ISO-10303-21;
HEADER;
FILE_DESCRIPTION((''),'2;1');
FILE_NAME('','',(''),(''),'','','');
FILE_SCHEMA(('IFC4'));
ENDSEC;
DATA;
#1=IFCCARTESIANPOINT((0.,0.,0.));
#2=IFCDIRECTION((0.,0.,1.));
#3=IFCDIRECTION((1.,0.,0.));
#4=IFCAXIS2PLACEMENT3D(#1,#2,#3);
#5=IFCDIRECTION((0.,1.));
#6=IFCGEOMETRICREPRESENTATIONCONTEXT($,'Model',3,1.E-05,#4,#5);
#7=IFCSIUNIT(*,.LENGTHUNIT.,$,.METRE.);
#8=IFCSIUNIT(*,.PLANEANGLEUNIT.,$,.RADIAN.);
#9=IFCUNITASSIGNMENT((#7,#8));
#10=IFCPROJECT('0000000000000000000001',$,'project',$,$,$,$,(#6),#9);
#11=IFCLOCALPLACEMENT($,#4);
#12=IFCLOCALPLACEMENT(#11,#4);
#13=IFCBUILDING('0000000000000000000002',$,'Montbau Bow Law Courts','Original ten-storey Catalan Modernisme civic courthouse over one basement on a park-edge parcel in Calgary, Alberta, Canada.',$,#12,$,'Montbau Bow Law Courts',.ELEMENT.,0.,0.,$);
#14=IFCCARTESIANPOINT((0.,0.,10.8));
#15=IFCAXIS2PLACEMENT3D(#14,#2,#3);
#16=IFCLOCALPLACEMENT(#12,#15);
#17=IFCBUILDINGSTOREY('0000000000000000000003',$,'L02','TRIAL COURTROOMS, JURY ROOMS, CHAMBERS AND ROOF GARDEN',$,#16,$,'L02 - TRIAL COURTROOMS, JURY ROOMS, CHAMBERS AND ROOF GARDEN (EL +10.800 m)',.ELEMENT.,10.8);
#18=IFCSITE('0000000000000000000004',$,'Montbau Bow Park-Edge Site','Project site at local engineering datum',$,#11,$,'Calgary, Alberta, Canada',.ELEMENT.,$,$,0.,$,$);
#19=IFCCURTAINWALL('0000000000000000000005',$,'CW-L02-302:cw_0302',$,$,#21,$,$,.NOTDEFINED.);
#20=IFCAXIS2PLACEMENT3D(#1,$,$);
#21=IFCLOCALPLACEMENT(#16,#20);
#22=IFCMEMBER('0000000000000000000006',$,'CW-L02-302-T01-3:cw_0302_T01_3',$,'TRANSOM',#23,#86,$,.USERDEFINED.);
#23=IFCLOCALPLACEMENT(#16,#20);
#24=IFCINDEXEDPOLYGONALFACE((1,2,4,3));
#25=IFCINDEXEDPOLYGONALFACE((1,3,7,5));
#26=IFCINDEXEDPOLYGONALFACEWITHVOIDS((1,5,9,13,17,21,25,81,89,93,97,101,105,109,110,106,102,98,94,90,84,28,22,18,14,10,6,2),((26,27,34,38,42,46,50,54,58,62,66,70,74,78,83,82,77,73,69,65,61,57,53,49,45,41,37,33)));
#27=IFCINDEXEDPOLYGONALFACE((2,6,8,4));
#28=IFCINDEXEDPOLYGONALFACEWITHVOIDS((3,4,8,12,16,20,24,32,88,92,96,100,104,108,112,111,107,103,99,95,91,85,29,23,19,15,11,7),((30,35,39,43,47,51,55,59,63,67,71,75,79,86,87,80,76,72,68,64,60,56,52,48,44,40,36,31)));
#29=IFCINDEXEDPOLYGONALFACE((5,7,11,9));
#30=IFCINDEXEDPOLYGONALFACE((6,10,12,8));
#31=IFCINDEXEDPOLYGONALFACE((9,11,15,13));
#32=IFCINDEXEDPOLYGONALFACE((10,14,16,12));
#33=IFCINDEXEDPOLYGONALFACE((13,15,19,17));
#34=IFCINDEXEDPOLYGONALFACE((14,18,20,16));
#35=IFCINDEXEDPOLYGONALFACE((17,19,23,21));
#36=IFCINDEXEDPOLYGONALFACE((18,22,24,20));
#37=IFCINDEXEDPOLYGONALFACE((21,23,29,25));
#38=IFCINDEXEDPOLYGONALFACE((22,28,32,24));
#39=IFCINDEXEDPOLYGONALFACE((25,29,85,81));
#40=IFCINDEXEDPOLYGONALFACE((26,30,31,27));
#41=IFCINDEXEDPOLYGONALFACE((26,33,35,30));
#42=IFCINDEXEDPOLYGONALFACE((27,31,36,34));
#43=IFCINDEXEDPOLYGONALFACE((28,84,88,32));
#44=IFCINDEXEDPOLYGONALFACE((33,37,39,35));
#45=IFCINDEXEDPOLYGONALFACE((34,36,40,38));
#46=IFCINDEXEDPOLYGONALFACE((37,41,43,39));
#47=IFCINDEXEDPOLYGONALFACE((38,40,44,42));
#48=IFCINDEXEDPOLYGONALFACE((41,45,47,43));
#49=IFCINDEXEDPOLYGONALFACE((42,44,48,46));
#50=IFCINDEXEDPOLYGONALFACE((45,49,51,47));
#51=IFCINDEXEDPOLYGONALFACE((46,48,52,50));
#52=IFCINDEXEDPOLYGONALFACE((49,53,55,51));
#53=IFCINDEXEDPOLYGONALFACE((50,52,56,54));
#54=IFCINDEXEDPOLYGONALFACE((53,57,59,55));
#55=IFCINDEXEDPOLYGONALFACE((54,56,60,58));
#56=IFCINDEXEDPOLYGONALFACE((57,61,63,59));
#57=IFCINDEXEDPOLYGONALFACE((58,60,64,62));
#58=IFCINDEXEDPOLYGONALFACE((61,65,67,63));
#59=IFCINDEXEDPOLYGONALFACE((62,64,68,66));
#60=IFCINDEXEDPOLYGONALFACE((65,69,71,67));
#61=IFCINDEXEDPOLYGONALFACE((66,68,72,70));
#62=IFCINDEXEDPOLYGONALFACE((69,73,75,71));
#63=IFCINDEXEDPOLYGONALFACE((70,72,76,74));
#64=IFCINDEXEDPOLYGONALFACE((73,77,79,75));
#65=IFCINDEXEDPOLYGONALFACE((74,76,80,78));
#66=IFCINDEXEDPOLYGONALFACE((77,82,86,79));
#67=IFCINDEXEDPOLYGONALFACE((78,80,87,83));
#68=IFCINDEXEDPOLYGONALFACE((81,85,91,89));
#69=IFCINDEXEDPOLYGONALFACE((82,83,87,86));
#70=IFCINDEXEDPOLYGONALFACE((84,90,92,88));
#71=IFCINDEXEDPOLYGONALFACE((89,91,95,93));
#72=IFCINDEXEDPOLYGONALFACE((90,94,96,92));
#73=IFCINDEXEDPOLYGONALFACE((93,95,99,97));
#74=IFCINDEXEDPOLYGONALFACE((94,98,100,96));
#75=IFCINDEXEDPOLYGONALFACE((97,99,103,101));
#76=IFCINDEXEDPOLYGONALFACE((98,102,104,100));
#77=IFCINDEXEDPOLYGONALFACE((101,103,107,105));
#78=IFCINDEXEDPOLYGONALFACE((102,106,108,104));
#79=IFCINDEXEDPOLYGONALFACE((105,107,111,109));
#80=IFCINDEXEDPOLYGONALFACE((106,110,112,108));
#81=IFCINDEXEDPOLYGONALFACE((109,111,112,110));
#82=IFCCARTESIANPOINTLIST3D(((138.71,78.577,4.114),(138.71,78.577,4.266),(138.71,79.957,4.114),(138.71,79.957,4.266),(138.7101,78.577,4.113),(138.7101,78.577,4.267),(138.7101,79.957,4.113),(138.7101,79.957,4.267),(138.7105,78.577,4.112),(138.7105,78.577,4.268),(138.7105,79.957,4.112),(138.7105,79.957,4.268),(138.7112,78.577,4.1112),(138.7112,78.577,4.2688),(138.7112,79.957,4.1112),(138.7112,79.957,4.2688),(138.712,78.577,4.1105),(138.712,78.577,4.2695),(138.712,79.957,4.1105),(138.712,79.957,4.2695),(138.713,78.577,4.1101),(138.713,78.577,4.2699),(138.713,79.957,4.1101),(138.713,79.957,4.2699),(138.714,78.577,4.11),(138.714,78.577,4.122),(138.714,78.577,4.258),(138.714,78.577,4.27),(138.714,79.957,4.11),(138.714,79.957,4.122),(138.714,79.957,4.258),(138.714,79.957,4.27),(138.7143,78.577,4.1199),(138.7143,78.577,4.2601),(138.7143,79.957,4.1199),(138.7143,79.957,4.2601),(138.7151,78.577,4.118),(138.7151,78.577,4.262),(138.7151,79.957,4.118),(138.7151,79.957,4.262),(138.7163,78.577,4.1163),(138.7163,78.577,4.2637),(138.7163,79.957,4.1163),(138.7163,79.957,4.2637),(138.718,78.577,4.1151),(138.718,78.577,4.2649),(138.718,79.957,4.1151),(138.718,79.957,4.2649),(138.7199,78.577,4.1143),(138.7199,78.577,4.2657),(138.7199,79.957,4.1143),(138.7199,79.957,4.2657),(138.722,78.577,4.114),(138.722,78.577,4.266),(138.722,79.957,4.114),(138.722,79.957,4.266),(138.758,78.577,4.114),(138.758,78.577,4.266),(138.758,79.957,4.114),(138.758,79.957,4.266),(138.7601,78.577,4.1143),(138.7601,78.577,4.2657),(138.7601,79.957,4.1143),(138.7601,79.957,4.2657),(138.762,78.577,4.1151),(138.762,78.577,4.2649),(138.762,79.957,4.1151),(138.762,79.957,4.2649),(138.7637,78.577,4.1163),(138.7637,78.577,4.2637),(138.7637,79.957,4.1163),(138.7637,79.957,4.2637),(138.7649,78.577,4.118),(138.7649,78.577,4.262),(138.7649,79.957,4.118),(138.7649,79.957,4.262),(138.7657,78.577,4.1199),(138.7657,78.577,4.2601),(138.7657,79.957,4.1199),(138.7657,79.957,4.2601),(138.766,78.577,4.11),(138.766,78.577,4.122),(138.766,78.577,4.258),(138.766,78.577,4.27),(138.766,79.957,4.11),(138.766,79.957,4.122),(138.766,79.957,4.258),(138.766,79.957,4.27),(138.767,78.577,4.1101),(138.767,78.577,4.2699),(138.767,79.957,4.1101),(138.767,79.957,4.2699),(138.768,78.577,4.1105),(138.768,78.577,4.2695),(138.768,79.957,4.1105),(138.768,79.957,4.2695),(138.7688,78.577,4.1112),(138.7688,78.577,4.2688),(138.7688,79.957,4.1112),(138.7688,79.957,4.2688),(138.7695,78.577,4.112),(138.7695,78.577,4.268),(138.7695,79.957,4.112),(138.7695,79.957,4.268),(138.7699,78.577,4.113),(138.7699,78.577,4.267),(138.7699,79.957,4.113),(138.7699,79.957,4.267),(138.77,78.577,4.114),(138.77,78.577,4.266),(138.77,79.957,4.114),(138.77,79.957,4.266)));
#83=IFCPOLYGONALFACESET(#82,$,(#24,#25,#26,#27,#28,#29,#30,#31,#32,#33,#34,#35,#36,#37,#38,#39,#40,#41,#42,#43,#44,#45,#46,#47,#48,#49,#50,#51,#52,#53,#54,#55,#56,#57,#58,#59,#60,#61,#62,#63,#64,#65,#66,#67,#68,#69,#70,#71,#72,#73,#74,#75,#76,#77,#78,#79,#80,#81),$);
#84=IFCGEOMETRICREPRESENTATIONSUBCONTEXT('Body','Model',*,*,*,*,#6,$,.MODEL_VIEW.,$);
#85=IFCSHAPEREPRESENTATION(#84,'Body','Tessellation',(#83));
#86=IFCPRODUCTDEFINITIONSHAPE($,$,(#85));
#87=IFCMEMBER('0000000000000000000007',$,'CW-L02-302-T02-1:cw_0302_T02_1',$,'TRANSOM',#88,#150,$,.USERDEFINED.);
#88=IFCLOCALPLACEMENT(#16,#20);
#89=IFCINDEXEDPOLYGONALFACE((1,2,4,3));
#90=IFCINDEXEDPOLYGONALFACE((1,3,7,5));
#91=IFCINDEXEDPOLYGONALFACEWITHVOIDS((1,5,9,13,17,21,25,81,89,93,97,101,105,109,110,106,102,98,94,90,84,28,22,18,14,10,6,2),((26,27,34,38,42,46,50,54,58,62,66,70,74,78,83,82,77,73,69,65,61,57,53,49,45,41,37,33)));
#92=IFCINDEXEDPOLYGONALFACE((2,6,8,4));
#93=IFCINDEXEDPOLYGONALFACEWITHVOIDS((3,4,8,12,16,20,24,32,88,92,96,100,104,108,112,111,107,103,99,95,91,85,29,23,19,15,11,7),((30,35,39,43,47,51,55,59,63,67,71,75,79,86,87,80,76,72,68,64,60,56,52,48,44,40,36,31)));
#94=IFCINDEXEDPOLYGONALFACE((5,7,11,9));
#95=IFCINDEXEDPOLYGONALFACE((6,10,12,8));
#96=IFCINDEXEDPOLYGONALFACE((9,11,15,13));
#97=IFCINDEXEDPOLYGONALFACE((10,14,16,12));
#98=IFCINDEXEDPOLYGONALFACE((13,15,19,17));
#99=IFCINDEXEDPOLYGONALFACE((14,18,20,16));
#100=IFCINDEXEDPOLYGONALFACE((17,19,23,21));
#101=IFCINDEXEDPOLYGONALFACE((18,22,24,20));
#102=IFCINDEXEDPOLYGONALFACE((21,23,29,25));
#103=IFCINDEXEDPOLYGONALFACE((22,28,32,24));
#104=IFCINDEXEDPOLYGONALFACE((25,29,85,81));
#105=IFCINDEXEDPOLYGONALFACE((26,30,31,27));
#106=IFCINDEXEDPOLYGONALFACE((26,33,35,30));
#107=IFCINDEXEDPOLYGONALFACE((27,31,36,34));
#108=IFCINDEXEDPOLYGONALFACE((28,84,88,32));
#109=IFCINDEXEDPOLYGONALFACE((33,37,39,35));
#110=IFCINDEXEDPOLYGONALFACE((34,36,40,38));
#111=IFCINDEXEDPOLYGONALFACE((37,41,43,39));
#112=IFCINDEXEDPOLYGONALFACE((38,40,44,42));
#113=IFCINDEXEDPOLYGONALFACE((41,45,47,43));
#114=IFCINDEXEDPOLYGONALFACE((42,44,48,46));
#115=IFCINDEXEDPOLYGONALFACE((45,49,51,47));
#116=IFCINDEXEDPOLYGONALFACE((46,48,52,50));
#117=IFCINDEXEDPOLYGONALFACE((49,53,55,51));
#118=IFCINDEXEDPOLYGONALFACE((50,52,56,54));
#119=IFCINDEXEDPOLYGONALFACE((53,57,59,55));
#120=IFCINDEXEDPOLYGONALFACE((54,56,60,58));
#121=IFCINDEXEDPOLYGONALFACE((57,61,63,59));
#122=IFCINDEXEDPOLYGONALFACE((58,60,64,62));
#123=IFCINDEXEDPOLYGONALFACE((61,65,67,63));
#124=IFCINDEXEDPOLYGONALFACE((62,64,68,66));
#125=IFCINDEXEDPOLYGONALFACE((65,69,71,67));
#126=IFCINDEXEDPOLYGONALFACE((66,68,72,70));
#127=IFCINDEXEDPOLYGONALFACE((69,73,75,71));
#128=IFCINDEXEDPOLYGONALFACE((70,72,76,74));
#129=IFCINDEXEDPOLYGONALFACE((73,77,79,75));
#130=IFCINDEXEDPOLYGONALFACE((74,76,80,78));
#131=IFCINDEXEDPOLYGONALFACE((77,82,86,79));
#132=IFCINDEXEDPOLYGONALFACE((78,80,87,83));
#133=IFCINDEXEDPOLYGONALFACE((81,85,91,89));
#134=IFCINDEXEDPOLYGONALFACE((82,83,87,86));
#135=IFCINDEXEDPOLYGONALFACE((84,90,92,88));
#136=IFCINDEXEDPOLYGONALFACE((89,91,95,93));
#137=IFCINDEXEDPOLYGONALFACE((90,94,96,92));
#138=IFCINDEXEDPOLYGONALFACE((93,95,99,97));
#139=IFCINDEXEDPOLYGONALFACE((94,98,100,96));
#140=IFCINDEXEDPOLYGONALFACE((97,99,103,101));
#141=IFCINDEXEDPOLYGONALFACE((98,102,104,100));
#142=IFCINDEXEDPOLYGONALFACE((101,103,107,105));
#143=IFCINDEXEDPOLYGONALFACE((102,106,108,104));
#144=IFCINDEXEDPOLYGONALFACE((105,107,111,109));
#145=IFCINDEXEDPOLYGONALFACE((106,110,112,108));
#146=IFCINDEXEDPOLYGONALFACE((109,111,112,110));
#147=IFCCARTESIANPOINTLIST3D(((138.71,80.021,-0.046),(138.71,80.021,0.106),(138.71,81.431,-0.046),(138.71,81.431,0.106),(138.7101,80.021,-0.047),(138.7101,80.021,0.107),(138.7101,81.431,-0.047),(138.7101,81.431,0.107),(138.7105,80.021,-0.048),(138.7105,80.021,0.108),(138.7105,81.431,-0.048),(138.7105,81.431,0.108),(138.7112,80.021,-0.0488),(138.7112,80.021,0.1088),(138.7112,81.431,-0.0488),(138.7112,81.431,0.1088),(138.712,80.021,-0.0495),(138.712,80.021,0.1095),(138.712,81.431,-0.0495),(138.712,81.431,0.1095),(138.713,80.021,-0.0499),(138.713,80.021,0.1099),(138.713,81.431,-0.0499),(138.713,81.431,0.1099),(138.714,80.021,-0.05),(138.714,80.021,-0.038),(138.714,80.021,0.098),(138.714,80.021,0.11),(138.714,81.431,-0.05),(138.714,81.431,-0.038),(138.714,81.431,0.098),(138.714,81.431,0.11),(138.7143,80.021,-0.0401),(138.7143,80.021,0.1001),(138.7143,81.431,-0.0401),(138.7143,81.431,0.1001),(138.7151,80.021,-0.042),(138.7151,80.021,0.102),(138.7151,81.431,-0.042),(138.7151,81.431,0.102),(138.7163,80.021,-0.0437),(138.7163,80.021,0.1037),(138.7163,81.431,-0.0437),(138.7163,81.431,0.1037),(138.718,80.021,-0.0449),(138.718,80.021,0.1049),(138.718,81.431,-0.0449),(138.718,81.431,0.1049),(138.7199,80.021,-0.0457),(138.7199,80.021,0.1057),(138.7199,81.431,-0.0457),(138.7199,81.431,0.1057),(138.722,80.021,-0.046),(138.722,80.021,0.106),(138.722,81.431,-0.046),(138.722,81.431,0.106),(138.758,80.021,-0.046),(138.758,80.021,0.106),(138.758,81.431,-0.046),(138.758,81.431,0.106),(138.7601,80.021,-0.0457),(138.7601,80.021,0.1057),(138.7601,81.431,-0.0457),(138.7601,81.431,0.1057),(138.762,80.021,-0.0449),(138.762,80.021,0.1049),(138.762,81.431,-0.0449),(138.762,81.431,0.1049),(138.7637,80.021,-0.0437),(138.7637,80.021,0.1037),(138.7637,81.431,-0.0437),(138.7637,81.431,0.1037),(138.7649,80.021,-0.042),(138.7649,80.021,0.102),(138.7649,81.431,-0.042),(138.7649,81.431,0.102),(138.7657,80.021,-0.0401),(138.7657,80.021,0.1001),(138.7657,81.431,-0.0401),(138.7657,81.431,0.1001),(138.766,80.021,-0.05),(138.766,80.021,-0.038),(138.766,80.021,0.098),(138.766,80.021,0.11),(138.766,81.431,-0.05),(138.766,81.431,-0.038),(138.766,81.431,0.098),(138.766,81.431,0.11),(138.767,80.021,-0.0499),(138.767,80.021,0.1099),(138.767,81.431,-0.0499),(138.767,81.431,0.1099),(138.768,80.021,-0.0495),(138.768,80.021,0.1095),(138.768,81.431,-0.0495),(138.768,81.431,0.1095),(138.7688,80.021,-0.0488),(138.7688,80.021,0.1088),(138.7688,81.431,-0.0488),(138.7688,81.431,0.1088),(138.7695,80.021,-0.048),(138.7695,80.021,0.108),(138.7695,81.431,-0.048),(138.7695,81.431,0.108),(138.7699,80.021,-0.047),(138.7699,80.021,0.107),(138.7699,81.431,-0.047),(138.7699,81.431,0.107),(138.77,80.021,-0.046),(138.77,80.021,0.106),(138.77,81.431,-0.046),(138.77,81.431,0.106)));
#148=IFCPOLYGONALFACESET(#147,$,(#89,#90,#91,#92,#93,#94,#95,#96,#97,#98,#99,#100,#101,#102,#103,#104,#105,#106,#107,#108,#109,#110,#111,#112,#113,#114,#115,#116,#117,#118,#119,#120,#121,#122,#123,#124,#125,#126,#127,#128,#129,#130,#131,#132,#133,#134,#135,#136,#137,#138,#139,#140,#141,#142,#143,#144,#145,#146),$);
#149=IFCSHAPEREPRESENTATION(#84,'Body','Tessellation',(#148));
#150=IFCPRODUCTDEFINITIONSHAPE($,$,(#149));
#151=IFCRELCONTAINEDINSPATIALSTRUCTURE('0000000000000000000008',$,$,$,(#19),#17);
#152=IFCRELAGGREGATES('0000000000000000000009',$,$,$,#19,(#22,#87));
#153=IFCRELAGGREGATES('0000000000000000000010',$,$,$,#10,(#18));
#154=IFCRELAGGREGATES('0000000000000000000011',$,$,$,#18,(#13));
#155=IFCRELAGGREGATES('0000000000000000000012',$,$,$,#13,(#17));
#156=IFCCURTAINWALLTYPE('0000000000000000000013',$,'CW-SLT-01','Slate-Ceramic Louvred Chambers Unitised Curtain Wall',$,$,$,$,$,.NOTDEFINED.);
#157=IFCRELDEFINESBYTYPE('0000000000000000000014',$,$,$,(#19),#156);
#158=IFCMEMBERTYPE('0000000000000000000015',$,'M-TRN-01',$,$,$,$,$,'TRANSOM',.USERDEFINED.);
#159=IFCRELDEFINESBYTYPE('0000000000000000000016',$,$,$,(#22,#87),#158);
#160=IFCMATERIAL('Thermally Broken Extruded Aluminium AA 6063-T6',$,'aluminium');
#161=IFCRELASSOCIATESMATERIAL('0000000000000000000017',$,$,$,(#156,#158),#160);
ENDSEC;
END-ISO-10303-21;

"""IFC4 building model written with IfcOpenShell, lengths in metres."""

from ifc_helpers import new_model, si_unit, direction, frame, origin_with_axes, origin_2d_with_axis, place, context, subcontext, project, spatial, hollow_rectangle, extrude, material, material_profile, profile_set, type_object, element, aggregate, save


model = new_model("IFC4")

# Units and contexts
model_context = context("Model", 3, precision=1e-05, world=origin_with_axes(), true_north=direction((0.0, 1.0)))
body_context = subcontext(model_context, "Body", "Model", "MODEL_VIEW")
ifc_project = project(units=[si_unit("LENGTHUNIT", "METRE"), si_unit("PLANEANGLEUNIT", "RADIAN")], contexts=[model_context])

# Site, building, storey
site_placement = place(None, origin_with_axes())
site = spatial("IfcSite", under=ifc_project, at=site_placement, Name="Montbau Bow Park-Edge Site", Description="Project site at local engineering datum", LongName="Calgary, Alberta, Canada", CompositionType="ELEMENT", RefElevation=0.0)
building_placement = place(site_placement, origin_with_axes())
building = spatial("IfcBuilding", under=site, at=building_placement, Name="Montbau Bow Law Courts", Description="Original ten-storey Catalan Modernisme civic courthouse over one basement on a park-edge parcel in Calgary, Alberta, Canada.", LongName="Montbau Bow Law Courts", CompositionType="ELEMENT", ElevationOfRefHeight=0.0, ElevationOfTerrain=0.0)
storey_placement = place(building_placement, frame((0.0, 0.0, 10.8), z_axis=(0.0, 0.0, 1.0), x_axis=(1.0, 0.0, 0.0)))
storey = spatial("IfcBuildingStorey", under=building, at=storey_placement, Name="L02", Description="TRIAL COURTROOMS, JURY ROOMS, CHAMBERS AND ROOF GARDEN", LongName="L02 - TRIAL COURTROOMS, JURY ROOMS, CHAMBERS AND ROOF GARDEN (EL +10.800 m)", CompositionType="ELEMENT", Elevation=10.8)

# Curtain wall, members
ifc_material_1 = material(Name="Thermally Broken Extruded Aluminium AA 6063-T6", Category="aluminium")
curtain_wall_type = type_object("IfcCurtainWallType", Name="CW-SLT-01", Description="Slate-Ceramic Louvred Chambers Unitised Curtain Wall", PredefinedType="NOTDEFINED", material=ifc_material_1)
curtain_wall_1_placement = place(None, frame((138.74, 78.515, 10.8), z_axis=(0.0, 0.0, 1.0), x_axis=(1.0, 0.0, 0.0)))
curtain_wall_1 = element("IfcCurtainWall", 1, at=curtain_wall_1_placement, inside=storey, type_object=curtain_wall_type, Name="CW-L02-302:cw_0302", PredefinedType="NOTDEFINED")
ifc_material_profile_1 = material_profile(ifc_material_1, hollow_rectangle(XDim=0.06, YDim=0.16, WallThickness=0.004, InnerFilletRadius=0.008, OuterFilletRadius=0.004, at=origin_2d_with_axis()), Name="CWT-160X60", Category="Main", Priority=0)
ifc_profile_set_1 = profile_set([ifc_material_profile_1], Name="Thermally Broken Extruded Aluminium AA 6063-T6")
member_type_1 = type_object("IfcMemberType", Name="M-TRN-01", ElementType="TRANSOM", PredefinedType="USERDEFINED", material=ifc_profile_set_1)
member_1_placement = place(None, frame((138.74, 78.577, 14.99), z_axis=(0.0, 1.0, 0.0), x_axis=(-1.0, 0.0, 0.0)))
member_1 = element("IfcMember", 2, at=member_1_placement, type_object=member_type_1, Name="CW-L02-302-T01-3:cw_0302_T01_3", ObjectType="TRANSOM", PredefinedType="USERDEFINED", context=body_context, shape_type="SweptSolid", body=[
    extrude(hollow_rectangle(XDim=0.06, YDim=0.16, WallThickness=0.004, InnerFilletRadius=0.008, OuterFilletRadius=0.004, at=origin_2d_with_axis()), origin_with_axes(), (0.0, 0.0, 1.0), 1.38),
])
member_2_placement = place(None, frame((138.74, 80.021, 10.83), z_axis=(0.0, 1.0, 0.0), x_axis=(-1.0, 0.0, 0.0)))
member_2 = element("IfcMember", 3, at=member_2_placement, type_object=member_type_1, Name="CW-L02-302-T02-1:cw_0302_T02_1", ObjectType="TRANSOM", PredefinedType="USERDEFINED", context=body_context, shape_type="SweptSolid", body=[
    extrude(hollow_rectangle(XDim=0.06, YDim=0.16, WallThickness=0.004, InnerFilletRadius=0.008, OuterFilletRadius=0.004, at=origin_2d_with_axis()), origin_with_axes(), (0.0, 0.0, 1.0), 1.41),
])

aggregate(curtain_wall_1, [member_1, member_2])

save(model, "model.ifc")
